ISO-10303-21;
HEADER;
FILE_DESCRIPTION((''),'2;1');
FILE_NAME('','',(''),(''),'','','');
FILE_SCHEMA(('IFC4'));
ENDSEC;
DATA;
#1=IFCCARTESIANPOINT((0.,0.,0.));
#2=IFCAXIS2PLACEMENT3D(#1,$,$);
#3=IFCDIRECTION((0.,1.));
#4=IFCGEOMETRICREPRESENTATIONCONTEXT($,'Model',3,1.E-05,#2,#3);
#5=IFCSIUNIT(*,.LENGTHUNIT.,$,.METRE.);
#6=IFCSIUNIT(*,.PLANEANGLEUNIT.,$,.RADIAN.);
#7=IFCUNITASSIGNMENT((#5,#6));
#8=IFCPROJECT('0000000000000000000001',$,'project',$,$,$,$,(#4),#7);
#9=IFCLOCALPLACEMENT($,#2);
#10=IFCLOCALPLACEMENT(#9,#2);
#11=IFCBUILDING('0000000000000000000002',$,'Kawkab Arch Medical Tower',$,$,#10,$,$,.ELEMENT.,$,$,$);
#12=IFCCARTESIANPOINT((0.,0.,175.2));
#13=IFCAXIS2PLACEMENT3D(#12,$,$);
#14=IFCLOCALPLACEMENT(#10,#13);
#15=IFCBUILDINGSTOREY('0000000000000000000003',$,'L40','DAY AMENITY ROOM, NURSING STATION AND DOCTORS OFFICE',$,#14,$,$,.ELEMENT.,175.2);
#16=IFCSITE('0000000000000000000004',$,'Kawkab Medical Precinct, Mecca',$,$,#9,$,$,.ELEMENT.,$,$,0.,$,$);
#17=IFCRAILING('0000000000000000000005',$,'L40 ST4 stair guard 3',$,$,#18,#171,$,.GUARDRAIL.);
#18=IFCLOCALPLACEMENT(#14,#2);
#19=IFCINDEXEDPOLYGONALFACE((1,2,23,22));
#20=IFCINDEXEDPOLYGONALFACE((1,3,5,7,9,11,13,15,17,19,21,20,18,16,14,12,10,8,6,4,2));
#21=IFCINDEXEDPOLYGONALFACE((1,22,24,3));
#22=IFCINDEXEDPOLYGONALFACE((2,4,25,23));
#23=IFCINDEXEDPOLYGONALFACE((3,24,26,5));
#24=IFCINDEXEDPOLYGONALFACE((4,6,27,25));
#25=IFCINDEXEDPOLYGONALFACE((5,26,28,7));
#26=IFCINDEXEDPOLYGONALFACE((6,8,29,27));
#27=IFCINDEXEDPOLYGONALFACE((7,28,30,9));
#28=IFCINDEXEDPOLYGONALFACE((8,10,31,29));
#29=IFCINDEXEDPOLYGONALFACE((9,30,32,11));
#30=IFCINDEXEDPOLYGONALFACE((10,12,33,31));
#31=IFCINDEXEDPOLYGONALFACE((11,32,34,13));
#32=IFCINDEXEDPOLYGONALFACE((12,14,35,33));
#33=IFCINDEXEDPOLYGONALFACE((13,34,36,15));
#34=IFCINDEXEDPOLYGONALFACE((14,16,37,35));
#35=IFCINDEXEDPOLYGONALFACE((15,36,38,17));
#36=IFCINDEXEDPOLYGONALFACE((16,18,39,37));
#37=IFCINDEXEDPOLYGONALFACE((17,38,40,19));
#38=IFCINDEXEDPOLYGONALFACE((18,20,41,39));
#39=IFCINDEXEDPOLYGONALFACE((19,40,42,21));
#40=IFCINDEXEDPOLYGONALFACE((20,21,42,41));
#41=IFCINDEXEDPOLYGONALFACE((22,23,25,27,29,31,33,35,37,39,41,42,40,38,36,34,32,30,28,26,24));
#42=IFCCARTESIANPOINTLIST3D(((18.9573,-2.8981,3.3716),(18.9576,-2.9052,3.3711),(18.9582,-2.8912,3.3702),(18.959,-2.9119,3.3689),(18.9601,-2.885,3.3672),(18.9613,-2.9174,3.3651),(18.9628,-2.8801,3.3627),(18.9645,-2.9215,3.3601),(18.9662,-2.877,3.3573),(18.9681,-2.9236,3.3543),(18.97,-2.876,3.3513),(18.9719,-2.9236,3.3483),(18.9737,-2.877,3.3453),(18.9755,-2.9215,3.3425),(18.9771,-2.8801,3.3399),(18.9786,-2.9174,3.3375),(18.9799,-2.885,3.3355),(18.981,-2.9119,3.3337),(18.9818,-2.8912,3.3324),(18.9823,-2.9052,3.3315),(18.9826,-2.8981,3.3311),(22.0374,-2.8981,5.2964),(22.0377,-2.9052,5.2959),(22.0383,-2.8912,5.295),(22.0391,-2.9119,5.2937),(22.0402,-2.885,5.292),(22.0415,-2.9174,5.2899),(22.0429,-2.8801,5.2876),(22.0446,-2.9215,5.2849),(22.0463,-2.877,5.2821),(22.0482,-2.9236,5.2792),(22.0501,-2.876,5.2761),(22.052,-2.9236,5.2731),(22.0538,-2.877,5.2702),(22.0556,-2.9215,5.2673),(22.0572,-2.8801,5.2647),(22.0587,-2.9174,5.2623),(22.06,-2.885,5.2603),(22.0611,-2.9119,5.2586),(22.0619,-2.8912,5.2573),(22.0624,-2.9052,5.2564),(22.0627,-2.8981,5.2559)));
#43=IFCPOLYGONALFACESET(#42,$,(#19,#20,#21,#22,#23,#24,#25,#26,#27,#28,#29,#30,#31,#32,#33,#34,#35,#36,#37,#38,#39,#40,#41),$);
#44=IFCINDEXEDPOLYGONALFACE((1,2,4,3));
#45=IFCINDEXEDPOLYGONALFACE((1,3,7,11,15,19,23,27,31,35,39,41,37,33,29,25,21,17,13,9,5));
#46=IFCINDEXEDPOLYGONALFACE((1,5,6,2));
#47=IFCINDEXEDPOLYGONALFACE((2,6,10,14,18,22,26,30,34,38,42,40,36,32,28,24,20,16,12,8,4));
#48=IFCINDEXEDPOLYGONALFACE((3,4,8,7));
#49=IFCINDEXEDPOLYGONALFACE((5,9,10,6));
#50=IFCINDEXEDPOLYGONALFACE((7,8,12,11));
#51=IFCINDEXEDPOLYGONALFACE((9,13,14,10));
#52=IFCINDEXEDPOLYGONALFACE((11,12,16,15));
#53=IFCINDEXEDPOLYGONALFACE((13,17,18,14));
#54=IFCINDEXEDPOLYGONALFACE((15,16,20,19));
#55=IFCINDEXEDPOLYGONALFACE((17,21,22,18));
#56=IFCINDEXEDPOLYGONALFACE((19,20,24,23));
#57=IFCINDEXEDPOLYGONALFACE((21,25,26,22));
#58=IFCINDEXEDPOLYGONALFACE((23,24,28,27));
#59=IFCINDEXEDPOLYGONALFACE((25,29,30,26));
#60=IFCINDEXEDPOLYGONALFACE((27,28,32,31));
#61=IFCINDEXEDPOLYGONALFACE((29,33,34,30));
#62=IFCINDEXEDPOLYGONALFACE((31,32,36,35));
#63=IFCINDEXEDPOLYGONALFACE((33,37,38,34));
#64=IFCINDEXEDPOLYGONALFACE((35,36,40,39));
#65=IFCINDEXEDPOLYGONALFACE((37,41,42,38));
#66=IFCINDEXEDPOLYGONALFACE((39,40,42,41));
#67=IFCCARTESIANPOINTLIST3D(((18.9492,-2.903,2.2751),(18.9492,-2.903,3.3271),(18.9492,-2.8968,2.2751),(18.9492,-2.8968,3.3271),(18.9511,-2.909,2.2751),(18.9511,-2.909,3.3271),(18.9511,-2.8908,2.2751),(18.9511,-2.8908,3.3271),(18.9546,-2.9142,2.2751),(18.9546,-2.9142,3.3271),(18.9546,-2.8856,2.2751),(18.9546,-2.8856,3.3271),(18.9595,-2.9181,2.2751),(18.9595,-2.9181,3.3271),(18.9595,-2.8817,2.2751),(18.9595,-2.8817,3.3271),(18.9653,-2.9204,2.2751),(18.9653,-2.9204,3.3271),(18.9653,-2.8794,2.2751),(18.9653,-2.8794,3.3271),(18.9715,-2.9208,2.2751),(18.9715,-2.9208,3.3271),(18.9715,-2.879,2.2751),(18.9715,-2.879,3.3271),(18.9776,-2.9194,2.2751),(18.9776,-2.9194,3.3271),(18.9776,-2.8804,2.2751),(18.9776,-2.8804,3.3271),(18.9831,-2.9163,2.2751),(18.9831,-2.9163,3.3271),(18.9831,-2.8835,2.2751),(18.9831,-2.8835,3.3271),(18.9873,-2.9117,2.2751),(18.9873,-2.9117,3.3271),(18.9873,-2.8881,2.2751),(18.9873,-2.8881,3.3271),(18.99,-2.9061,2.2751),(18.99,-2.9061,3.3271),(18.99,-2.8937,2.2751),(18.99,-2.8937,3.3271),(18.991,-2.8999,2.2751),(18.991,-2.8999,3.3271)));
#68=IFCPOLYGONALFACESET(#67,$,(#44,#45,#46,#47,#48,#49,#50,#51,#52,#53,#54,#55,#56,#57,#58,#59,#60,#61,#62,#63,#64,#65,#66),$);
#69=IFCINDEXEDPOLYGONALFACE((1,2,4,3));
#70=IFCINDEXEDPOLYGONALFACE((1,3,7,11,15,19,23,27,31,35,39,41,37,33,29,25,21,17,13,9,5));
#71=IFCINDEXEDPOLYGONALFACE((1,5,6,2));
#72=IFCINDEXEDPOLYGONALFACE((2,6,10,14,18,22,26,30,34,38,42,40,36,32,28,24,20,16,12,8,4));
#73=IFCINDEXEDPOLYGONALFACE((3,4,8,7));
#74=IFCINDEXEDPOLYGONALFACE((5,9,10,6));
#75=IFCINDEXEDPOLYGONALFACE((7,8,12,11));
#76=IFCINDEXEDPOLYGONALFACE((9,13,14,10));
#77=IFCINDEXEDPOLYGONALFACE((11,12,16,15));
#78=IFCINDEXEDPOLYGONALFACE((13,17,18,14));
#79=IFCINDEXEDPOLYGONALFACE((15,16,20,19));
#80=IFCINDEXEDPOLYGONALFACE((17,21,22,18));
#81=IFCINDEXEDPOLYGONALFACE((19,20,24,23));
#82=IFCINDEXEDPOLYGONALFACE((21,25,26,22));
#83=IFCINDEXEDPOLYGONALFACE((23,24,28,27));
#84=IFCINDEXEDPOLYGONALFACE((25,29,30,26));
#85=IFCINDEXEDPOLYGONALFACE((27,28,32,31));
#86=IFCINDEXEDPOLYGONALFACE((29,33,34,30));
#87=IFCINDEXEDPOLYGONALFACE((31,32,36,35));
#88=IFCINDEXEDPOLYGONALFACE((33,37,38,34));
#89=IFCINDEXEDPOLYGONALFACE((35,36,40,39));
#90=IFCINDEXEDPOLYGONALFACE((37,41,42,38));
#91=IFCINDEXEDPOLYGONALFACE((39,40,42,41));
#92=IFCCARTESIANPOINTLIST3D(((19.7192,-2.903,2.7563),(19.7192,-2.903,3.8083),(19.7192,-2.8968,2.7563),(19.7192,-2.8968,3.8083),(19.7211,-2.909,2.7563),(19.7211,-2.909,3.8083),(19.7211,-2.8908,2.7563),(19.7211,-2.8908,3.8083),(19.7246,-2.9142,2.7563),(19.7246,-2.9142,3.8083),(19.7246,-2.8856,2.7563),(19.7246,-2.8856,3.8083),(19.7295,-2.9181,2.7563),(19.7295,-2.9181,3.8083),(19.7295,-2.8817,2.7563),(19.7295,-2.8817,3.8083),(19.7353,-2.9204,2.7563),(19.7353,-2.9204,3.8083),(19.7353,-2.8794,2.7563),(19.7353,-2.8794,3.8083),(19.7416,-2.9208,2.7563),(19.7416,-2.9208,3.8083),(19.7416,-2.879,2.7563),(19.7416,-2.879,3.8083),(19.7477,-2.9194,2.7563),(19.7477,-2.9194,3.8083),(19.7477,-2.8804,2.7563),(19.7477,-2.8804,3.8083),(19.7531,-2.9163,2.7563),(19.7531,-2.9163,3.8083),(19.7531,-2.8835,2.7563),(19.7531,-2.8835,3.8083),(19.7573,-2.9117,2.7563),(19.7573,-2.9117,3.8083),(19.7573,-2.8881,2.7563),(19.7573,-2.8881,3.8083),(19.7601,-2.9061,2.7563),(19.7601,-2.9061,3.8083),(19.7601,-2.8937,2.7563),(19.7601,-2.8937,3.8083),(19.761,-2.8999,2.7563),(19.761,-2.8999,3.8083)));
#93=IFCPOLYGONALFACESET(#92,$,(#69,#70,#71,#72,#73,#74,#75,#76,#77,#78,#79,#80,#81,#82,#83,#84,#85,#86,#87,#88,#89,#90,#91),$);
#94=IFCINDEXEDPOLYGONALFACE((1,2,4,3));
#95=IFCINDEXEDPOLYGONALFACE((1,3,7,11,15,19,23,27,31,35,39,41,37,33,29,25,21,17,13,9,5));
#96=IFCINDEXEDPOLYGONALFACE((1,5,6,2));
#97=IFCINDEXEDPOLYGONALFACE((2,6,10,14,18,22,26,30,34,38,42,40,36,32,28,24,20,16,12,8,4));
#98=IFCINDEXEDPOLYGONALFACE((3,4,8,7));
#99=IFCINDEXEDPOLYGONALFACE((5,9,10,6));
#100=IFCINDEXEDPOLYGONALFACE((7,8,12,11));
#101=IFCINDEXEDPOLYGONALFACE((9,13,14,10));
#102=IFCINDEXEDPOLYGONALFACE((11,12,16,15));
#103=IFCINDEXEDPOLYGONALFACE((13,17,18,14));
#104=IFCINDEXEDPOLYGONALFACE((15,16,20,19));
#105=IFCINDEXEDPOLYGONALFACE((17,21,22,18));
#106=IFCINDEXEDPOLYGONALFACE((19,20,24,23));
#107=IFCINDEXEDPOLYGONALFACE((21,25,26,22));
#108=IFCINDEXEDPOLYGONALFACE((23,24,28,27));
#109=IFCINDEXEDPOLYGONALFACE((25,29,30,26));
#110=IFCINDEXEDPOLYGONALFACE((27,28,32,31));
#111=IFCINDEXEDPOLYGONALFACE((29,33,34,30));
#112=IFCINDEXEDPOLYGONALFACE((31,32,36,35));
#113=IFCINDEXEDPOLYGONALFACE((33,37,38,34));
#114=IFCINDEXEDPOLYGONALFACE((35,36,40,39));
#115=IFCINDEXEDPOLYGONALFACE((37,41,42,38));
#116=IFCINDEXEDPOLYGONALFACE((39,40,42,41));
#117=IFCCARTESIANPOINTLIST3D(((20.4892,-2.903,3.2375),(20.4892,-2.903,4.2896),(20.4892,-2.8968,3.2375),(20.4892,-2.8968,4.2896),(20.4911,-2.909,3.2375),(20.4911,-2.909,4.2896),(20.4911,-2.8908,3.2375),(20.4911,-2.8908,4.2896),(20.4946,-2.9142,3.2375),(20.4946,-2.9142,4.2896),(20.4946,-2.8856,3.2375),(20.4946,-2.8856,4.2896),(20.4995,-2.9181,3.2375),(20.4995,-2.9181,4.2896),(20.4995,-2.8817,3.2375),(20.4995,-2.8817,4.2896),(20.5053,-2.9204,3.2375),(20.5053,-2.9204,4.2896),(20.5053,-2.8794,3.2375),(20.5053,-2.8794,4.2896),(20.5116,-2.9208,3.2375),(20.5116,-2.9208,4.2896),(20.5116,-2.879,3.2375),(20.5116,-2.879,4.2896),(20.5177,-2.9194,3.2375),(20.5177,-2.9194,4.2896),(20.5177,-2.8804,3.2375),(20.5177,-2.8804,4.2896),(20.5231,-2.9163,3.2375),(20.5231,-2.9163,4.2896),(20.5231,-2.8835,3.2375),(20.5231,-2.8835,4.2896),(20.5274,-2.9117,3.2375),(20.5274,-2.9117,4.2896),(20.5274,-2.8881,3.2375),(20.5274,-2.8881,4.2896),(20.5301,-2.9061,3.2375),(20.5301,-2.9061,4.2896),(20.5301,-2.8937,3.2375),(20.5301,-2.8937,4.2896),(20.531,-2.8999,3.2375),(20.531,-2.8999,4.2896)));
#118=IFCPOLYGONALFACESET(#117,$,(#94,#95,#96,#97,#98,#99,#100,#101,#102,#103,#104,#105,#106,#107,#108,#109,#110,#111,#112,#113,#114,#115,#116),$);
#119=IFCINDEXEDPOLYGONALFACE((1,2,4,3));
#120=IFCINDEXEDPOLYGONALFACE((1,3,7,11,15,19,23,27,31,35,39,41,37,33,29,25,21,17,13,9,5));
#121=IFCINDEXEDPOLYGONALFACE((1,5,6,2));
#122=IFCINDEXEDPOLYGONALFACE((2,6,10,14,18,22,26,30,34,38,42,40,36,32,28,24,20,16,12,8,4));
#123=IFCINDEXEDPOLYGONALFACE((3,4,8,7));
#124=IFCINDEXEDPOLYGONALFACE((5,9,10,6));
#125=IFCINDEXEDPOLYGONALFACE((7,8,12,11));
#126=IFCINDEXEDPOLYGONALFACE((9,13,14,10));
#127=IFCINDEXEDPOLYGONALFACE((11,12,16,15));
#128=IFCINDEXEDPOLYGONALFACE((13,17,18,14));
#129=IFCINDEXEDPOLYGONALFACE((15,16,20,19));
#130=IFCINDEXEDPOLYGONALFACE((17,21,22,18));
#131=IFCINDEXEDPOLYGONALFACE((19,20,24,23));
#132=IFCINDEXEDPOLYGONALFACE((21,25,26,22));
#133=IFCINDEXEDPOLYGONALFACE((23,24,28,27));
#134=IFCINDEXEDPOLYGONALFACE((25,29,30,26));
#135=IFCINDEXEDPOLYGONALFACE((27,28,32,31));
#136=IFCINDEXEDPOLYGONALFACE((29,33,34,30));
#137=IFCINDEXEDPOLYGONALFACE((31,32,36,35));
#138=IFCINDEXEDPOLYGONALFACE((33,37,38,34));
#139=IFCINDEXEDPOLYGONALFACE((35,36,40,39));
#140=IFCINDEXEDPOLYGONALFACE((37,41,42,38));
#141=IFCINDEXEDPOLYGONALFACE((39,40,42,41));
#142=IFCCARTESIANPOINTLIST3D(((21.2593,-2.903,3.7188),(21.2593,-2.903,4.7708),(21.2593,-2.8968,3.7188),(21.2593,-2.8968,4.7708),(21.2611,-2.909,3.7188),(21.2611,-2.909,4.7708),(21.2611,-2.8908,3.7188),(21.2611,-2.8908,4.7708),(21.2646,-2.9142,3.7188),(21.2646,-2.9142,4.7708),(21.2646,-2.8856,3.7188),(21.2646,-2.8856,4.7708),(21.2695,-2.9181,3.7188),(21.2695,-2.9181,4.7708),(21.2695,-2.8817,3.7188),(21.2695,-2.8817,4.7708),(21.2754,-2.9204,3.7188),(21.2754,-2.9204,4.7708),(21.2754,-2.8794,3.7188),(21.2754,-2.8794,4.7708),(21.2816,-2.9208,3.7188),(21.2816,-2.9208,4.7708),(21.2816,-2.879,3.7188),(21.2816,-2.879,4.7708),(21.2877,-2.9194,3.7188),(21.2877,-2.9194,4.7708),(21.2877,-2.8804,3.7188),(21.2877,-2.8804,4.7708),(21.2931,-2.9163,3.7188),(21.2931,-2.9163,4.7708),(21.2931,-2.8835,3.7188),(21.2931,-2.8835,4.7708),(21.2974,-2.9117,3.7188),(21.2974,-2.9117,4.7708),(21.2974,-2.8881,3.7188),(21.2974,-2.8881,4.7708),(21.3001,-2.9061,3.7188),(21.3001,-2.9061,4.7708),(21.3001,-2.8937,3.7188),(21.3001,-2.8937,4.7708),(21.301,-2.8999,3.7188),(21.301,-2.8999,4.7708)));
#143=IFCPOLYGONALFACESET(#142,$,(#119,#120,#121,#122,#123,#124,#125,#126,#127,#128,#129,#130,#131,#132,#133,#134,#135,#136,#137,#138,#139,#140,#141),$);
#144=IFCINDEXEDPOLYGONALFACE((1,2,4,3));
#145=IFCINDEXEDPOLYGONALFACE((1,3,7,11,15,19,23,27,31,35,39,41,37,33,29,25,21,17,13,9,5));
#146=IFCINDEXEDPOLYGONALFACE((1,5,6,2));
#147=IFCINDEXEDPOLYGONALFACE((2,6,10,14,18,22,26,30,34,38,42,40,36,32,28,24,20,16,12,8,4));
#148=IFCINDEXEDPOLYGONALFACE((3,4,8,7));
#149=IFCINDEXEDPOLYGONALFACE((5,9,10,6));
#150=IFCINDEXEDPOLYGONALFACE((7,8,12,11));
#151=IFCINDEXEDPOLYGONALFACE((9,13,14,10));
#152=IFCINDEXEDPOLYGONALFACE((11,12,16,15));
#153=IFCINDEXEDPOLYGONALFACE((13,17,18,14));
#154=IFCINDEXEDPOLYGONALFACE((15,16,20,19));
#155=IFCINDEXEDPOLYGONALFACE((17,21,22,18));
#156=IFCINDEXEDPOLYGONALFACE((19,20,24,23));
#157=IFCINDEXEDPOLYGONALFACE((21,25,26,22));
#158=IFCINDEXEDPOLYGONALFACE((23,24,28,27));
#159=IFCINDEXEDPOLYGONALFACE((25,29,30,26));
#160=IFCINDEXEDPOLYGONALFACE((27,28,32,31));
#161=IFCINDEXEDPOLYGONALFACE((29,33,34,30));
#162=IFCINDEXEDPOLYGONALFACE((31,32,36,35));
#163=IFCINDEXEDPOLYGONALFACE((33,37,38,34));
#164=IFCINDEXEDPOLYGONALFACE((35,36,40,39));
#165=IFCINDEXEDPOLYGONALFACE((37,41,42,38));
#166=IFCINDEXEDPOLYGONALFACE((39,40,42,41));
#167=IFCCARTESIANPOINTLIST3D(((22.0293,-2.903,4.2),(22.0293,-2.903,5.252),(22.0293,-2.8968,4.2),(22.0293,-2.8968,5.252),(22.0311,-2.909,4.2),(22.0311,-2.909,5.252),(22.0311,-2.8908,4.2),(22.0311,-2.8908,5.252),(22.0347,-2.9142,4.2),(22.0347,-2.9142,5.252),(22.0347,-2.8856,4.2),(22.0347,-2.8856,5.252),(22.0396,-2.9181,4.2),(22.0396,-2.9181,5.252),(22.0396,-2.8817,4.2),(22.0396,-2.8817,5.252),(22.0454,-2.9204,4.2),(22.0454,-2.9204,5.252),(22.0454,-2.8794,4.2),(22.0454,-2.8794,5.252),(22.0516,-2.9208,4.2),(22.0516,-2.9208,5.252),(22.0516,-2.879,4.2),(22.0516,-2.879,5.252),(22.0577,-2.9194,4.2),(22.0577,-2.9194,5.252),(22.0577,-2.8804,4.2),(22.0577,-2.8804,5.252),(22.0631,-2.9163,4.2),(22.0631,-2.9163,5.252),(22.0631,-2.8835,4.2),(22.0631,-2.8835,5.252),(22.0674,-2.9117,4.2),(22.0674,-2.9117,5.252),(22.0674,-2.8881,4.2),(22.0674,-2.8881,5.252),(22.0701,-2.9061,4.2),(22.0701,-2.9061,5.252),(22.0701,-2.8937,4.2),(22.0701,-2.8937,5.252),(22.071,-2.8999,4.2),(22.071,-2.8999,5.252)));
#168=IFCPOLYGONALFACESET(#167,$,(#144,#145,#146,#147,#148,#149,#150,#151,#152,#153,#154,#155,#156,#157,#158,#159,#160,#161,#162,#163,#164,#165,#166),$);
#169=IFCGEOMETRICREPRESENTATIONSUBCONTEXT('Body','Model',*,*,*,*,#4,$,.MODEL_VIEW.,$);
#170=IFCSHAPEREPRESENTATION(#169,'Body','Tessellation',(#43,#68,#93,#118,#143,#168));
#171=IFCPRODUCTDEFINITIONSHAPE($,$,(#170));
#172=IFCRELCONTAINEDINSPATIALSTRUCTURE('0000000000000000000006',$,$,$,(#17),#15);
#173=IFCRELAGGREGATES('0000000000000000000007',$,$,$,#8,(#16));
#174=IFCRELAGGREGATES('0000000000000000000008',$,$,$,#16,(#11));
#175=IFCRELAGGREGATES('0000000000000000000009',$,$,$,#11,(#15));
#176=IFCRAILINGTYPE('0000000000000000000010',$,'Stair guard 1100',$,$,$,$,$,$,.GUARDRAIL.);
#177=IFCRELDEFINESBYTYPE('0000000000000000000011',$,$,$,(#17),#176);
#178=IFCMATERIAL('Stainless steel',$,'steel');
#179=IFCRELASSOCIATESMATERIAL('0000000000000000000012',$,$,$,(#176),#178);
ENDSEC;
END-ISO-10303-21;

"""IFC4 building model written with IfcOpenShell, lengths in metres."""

from ifc_helpers import new_model, si_unit, direction, frame, origin, origin_2d, place, context, subcontext, project, spatial, circle, extrude, material, type_object, element, save


model = new_model("IFC4")

# Units and contexts
model_context = context("Model", 3, precision=1e-05, world=origin(), true_north=direction((0.0, 1.0)))
body_context = subcontext(model_context, "Body", "Model", "MODEL_VIEW")
ifc_project = project(units=[si_unit("LENGTHUNIT", "METRE"), si_unit("PLANEANGLEUNIT", "RADIAN")], contexts=[model_context])

# Site, building, storey
site_placement = place(None, origin())
site = spatial("IfcSite", under=ifc_project, at=site_placement, Name="Kawkab Medical Precinct, Mecca", CompositionType="ELEMENT", RefElevation=0.0)
building_placement = place(site_placement, origin())
building = spatial("IfcBuilding", under=site, at=building_placement, Name="Kawkab Arch Medical Tower", CompositionType="ELEMENT")
storey_placement = place(building_placement, frame((0.0, 0.0, 175.2)))
storey = spatial("IfcBuildingStorey", under=building, at=storey_placement, Name="L40", Description="DAY AMENITY ROOM, NURSING STATION AND DOCTORS OFFICE", CompositionType="ELEMENT", Elevation=175.2)

# Railing
ifc_material_1 = material(Name="Stainless steel", Category="steel")
railing_type_1 = type_object("IfcRailingType", Name="Stair guard 1100", PredefinedType="GUARDRAIL", material=ifc_material_1)
railing_1_placement = place(storey_placement, frame((18.97, -2.8999, 2.2751)))
element("IfcRailing", 1, at=railing_1_placement, inside=storey, type_object=railing_type_1, Name="L40 ST4 stair guard 3", PredefinedType="GUARDRAIL", context=body_context, shape_type="SweptSolid", body=[
    extrude(circle(Radius=0.0239, at=origin_2d()), frame((0.0, 0.0, 1.0762), z_axis=(0.848029, 0.0, 0.529951), x_axis=(0.0, 1.0, 0.0)), (0.0, 0.0, 1.0), 3.6321),
    extrude(circle(Radius=0.021, at=origin_2d()), origin(), (0.0, 0.0, 1.0), 1.052),
    extrude(circle(Radius=0.021, at=origin_2d()), frame((0.77, 0.0, 0.4812)), (0.0, 0.0, 1.0), 1.052),
    extrude(circle(Radius=0.021, at=origin_2d()), frame((1.54, 0.0, 0.9624)), (0.0, 0.0, 1.0), 1.052),
    extrude(circle(Radius=0.021, at=origin_2d()), frame((2.3101, 0.0, 1.4436)), (0.0, 0.0, 1.0), 1.052),
    extrude(circle(Radius=0.021, at=origin_2d()), frame((3.0801, 0.0, 1.9248)), (0.0, 0.0, 1.0), 1.052),
])

save(model, "model.ifc")
